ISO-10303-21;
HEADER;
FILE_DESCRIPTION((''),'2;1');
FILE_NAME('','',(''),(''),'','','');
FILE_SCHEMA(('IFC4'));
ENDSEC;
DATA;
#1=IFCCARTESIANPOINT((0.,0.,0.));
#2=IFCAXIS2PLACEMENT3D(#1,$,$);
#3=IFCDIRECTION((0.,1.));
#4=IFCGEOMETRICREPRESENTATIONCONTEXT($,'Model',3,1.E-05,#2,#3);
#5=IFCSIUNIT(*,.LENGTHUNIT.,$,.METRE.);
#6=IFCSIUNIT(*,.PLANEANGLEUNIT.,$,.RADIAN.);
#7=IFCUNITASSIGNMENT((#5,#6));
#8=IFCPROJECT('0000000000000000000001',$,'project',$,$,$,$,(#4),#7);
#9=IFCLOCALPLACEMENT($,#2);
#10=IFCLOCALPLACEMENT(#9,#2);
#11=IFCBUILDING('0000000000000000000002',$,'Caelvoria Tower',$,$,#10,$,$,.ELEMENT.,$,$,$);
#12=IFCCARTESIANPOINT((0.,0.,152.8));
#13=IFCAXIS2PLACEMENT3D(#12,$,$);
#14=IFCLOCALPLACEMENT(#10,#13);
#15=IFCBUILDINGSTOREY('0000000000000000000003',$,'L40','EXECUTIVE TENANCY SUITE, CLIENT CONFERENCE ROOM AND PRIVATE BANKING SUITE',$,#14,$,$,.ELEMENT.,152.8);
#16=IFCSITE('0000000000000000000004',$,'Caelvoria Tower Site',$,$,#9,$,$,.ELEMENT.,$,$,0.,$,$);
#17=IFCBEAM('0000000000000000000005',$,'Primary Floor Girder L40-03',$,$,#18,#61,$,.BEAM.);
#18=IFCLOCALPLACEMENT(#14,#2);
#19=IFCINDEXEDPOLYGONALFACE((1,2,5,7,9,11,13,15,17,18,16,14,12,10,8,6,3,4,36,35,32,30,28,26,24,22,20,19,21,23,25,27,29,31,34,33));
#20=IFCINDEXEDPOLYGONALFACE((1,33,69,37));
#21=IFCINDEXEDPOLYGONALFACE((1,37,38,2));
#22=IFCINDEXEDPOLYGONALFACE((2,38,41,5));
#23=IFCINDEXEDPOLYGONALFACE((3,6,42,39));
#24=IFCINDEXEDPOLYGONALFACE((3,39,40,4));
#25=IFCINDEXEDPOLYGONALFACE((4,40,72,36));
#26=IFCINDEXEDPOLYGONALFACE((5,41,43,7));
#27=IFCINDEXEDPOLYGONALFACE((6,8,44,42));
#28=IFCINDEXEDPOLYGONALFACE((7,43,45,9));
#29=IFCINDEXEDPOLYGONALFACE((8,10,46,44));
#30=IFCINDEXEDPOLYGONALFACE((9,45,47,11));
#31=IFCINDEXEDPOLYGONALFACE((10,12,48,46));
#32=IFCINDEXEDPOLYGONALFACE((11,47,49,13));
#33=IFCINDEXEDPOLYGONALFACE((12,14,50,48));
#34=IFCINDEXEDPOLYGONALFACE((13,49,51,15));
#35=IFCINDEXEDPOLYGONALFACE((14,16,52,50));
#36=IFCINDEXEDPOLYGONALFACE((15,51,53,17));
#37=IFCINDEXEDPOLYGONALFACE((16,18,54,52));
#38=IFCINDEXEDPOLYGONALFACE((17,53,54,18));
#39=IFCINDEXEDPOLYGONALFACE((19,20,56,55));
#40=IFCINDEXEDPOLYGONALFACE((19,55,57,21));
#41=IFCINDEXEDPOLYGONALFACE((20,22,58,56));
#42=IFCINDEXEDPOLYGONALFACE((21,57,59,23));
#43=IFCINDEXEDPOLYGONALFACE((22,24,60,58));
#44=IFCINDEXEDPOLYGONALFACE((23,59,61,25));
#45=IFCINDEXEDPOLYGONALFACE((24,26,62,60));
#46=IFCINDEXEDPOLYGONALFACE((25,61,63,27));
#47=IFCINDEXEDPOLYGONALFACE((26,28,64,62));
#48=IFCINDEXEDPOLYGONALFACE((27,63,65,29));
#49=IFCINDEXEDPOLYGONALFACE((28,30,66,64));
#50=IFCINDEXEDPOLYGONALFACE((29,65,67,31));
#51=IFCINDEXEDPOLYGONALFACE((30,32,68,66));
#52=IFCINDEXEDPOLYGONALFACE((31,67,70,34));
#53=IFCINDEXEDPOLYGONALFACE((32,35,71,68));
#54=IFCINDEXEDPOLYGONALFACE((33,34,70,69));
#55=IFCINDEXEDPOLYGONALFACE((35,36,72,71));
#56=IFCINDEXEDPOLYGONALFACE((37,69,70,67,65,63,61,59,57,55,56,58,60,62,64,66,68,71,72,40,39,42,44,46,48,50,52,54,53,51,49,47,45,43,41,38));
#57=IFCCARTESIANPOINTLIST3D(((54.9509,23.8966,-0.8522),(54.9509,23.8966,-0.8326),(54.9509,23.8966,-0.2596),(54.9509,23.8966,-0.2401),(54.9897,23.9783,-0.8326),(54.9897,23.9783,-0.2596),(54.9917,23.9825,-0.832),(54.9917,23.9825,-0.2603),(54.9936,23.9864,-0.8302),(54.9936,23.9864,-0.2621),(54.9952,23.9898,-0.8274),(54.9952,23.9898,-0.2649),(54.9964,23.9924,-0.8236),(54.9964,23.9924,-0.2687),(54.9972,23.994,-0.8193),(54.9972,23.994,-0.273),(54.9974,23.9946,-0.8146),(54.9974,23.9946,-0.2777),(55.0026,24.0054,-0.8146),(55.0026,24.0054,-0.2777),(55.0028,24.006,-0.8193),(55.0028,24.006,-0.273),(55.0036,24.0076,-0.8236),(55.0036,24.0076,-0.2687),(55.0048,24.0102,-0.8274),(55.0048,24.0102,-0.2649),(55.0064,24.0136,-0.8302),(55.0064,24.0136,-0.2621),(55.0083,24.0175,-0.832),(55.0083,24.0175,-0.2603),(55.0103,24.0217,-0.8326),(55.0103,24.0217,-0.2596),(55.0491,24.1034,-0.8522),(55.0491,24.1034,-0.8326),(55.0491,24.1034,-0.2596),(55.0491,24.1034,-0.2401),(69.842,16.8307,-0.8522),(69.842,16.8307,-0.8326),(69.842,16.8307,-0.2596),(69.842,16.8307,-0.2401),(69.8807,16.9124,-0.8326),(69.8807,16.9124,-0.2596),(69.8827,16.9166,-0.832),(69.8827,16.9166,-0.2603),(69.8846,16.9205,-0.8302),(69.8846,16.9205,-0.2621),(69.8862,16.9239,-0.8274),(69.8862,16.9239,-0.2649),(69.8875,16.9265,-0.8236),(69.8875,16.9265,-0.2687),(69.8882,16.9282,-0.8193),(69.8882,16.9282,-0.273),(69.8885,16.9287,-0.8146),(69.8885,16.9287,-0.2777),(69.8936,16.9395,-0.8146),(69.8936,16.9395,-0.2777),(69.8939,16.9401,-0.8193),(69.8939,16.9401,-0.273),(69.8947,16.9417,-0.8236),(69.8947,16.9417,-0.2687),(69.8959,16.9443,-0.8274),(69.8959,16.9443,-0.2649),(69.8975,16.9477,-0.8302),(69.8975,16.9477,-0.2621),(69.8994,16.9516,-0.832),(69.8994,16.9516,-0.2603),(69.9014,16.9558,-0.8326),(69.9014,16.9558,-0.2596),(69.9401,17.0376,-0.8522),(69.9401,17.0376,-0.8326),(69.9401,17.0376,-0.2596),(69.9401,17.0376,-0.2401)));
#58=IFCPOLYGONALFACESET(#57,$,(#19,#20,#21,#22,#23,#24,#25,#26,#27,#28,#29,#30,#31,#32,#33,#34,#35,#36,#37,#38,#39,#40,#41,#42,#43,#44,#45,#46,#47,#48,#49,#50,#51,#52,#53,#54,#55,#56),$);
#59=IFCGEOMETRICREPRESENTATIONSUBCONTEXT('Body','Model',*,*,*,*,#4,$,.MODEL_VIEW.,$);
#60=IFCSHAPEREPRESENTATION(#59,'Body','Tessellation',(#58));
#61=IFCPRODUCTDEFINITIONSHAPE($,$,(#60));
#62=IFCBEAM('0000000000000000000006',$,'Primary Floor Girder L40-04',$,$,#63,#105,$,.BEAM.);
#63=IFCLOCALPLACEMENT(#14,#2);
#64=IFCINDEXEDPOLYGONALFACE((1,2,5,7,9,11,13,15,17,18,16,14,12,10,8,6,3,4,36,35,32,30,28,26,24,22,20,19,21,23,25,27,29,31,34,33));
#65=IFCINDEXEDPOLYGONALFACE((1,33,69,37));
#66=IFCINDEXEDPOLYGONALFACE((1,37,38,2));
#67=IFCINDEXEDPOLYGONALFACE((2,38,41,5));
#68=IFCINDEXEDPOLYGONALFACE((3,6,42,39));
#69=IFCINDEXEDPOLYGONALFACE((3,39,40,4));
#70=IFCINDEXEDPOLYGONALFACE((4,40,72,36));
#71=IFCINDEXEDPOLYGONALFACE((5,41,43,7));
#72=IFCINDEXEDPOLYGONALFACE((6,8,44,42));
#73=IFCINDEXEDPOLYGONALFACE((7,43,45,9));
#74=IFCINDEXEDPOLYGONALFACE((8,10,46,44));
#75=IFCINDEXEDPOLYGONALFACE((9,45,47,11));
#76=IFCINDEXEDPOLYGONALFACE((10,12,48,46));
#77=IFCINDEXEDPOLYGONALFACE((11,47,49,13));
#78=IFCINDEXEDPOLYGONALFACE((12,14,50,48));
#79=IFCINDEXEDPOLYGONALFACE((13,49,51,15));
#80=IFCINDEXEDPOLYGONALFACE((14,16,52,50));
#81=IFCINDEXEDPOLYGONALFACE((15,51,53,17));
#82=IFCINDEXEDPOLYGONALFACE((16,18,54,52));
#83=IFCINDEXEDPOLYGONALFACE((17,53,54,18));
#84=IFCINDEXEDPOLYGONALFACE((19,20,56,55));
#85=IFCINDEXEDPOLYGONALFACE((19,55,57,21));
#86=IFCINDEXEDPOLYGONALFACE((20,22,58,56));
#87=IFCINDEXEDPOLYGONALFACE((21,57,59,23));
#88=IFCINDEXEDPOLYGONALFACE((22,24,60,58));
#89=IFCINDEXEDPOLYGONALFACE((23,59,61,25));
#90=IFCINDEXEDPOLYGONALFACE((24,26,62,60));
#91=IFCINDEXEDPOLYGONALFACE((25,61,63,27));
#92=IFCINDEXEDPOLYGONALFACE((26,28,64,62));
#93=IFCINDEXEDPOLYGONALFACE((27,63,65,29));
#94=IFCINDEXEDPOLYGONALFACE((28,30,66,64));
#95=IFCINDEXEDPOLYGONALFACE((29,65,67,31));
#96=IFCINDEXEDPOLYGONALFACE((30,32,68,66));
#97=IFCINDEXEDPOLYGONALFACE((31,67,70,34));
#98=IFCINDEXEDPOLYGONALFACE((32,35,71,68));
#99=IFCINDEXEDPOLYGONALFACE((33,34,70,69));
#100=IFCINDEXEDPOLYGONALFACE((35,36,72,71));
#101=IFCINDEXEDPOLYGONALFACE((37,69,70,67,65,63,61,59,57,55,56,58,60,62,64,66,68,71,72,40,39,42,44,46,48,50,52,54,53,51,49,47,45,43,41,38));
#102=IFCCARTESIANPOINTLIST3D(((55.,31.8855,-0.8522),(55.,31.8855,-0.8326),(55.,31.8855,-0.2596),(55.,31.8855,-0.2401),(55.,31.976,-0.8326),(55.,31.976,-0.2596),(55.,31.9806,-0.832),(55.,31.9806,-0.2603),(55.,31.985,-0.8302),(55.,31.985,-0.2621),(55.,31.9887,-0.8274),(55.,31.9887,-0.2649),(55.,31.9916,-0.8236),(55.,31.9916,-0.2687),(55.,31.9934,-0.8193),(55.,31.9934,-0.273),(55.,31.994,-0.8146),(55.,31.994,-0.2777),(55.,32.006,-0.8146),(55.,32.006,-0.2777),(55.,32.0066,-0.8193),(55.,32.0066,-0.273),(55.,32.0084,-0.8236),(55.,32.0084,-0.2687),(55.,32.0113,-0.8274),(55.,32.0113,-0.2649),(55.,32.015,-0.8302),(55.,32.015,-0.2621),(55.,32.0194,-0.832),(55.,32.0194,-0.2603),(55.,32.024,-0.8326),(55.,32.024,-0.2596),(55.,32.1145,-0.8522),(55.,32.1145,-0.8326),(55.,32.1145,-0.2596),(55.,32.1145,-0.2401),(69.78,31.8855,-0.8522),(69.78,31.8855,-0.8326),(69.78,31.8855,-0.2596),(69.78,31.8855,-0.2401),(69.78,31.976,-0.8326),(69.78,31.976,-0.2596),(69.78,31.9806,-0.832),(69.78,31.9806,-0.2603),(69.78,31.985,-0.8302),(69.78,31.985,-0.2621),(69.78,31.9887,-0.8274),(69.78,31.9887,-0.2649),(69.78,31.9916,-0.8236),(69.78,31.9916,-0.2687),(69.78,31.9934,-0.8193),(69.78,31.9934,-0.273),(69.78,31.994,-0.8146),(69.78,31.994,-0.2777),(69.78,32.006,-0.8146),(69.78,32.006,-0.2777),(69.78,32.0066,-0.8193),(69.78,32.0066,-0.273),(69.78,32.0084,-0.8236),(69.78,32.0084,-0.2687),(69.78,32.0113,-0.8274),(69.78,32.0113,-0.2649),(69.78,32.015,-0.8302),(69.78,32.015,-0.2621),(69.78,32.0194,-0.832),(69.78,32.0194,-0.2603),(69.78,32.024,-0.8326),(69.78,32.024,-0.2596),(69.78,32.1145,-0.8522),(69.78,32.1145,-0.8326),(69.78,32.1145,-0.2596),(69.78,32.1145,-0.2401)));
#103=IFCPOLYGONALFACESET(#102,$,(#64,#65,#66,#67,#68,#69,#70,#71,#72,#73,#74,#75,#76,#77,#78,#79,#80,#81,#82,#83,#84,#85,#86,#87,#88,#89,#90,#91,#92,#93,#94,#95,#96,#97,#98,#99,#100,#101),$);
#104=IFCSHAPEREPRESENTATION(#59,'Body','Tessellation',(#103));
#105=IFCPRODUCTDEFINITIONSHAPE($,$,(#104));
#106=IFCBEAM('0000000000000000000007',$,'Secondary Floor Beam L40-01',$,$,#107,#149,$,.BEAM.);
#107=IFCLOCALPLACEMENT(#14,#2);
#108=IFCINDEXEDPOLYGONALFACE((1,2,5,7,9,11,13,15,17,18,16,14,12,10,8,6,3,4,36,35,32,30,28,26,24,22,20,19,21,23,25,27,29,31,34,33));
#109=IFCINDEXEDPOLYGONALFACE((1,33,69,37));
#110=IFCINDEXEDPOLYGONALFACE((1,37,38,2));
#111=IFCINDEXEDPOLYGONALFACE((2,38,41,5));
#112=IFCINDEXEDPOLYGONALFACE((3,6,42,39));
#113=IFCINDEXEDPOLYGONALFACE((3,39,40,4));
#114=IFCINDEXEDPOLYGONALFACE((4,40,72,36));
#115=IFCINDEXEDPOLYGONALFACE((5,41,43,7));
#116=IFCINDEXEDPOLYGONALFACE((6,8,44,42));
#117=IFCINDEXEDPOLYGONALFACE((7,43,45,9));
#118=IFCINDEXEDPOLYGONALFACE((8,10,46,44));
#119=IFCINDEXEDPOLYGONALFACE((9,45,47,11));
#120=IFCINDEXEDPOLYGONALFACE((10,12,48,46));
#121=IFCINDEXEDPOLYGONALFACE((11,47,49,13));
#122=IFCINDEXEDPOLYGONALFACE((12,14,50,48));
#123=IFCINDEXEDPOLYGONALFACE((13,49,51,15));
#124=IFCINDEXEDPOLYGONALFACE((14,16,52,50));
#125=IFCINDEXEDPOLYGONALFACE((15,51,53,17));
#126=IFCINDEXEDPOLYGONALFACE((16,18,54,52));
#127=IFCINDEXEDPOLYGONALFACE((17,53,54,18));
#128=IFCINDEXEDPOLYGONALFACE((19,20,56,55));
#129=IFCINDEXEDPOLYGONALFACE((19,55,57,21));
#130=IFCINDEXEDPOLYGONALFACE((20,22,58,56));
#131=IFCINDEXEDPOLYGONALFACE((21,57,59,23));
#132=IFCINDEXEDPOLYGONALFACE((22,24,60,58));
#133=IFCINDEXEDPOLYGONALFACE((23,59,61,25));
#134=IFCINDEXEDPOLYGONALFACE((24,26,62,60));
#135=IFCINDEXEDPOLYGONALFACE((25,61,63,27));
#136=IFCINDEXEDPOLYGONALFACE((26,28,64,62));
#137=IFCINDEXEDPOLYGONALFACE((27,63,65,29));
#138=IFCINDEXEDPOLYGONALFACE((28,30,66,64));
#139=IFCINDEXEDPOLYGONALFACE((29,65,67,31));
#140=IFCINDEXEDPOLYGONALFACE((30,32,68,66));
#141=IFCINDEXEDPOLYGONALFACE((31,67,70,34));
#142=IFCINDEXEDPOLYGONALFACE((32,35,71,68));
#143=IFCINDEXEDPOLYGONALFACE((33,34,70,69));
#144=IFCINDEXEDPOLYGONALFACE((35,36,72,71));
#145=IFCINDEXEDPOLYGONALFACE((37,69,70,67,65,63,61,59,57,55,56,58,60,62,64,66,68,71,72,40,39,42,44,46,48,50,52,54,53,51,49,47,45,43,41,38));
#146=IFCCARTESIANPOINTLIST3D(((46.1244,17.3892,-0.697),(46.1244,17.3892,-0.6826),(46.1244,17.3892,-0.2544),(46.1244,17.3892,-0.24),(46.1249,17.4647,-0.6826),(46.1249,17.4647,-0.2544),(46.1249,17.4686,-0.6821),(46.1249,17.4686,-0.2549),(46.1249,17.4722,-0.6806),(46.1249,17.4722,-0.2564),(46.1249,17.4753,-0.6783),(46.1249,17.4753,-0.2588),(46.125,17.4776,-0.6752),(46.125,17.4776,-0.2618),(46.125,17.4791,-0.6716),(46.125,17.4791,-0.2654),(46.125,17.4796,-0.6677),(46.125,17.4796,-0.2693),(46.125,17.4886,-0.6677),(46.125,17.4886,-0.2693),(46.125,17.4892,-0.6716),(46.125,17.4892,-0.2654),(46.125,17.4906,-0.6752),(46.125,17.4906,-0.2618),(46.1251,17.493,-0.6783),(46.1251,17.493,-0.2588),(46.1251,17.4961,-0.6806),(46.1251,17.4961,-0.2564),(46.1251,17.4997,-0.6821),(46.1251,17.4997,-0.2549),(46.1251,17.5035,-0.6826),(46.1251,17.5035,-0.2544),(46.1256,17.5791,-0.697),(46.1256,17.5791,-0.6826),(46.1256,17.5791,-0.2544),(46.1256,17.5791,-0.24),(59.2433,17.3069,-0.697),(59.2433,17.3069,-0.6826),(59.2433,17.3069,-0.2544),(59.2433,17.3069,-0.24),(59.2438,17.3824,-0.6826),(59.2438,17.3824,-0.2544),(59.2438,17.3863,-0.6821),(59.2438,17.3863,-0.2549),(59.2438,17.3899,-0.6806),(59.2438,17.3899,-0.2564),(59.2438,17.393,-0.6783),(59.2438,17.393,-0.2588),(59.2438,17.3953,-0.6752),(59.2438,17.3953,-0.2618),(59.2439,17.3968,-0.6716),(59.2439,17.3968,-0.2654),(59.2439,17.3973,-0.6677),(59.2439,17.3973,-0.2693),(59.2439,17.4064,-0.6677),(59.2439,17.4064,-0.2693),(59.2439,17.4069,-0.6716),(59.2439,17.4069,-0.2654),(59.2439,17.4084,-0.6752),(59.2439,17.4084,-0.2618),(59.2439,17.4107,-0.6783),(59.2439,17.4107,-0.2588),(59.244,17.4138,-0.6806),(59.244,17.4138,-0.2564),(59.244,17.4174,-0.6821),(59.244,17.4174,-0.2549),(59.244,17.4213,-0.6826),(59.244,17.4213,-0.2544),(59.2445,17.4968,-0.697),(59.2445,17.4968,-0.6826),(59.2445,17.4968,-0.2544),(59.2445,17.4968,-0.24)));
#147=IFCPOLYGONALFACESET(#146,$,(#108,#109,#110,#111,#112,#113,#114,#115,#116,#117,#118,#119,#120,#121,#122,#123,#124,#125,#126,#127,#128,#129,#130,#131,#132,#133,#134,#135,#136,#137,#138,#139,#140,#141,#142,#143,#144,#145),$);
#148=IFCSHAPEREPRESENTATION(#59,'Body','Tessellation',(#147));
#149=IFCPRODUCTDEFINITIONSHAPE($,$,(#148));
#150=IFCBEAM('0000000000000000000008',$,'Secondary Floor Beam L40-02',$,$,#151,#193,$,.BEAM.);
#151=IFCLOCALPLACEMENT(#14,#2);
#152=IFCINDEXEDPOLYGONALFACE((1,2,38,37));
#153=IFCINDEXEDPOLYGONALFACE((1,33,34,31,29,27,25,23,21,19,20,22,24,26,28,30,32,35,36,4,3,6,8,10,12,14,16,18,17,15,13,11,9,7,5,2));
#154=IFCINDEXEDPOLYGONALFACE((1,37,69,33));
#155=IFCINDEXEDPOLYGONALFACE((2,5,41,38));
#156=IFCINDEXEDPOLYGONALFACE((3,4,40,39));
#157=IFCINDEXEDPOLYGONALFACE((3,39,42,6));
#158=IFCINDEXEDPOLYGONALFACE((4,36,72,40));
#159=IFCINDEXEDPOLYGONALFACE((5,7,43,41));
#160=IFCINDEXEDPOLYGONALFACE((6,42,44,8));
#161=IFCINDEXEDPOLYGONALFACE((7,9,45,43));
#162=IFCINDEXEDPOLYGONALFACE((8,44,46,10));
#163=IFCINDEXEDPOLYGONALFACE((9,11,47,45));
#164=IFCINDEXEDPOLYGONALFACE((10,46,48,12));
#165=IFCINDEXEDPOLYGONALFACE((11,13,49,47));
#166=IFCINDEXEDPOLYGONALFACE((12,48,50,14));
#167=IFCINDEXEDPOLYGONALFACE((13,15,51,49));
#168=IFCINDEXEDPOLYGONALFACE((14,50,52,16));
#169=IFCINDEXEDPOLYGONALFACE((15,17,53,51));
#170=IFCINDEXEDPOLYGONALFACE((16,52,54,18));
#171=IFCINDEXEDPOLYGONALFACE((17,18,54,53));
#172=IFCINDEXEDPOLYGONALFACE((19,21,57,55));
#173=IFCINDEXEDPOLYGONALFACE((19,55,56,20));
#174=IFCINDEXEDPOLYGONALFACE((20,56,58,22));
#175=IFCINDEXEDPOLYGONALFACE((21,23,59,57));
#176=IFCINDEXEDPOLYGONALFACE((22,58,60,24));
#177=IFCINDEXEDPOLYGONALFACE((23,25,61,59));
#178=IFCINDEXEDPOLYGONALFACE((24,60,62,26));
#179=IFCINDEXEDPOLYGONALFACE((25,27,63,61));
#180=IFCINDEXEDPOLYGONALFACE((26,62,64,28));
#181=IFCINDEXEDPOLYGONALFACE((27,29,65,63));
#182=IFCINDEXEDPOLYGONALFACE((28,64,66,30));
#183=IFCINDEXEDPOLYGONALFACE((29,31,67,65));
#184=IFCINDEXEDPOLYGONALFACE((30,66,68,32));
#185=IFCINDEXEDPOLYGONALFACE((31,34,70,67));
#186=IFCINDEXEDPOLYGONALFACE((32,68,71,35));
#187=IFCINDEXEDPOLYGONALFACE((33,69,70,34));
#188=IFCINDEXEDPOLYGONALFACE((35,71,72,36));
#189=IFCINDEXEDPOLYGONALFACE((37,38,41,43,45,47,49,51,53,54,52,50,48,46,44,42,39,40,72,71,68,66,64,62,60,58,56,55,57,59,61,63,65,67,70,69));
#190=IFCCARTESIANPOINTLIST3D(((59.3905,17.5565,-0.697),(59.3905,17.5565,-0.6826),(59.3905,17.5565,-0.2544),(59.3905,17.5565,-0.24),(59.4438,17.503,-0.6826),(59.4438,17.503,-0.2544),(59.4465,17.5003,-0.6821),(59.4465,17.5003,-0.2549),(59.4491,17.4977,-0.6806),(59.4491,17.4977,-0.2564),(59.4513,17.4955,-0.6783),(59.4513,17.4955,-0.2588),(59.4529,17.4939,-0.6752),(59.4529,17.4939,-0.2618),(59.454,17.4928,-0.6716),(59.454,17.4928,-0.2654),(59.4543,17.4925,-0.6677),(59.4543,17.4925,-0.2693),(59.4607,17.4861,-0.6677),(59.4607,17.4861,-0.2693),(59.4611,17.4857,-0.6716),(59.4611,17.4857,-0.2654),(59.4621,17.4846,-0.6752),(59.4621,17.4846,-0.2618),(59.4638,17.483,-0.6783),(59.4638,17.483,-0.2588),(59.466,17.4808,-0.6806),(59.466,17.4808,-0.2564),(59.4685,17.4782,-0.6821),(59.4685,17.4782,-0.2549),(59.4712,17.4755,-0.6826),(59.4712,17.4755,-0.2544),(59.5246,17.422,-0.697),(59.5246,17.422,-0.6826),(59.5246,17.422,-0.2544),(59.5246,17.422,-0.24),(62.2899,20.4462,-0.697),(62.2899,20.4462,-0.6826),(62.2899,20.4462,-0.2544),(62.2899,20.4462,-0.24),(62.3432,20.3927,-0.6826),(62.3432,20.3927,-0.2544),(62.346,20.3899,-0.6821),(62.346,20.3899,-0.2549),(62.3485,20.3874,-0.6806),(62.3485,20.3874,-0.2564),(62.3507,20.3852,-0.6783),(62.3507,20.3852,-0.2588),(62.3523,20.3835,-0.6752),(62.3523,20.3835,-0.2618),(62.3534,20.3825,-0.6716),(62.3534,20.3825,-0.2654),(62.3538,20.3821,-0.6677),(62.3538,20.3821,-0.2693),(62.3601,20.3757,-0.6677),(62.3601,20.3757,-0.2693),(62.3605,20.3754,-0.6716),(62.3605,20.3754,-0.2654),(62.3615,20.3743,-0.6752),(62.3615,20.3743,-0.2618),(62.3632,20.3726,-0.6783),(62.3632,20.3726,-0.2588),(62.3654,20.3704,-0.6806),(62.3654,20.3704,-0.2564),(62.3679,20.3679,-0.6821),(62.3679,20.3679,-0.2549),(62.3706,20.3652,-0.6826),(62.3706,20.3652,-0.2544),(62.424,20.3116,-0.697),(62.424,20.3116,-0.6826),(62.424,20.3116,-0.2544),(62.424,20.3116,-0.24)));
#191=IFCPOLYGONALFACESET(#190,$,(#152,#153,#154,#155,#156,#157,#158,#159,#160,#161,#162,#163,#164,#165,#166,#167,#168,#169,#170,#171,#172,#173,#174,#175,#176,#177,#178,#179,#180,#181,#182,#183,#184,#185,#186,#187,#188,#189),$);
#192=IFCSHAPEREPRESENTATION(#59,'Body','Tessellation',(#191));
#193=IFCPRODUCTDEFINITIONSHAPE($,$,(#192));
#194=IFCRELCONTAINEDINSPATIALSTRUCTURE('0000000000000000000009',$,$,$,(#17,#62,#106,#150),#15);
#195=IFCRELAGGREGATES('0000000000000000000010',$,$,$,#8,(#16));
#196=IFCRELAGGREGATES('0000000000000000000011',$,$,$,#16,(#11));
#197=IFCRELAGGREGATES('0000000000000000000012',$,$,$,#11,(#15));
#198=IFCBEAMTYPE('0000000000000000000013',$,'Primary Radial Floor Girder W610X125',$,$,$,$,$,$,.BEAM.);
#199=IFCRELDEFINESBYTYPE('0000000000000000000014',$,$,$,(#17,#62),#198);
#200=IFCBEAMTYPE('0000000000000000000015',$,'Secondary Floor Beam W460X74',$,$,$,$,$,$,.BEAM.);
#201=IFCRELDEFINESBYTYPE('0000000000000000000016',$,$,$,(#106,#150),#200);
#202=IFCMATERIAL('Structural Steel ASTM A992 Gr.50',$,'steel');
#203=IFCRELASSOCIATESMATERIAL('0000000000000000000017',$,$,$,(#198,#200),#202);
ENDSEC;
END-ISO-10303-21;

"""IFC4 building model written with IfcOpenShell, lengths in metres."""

from ifc_helpers import new_model, si_unit, direction, frame, origin, origin_2d, place, context, subcontext, project, spatial, i_section, extrude, material, material_profile, profile_set, type_object, element, save


model = new_model("IFC4")

# Units and contexts
model_context = context("Model", 3, precision=1e-05, world=origin(), true_north=direction((0.0, 1.0)))
body_context = subcontext(model_context, "Body", "Model", "MODEL_VIEW")
ifc_project = project(units=[si_unit("LENGTHUNIT", "METRE"), si_unit("PLANEANGLEUNIT", "RADIAN")], contexts=[model_context])

# Site, building, storey
site_placement = place(None, origin())
site = spatial("IfcSite", under=ifc_project, at=site_placement, Name="Caelvoria Tower Site", CompositionType="ELEMENT", RefElevation=0.0)
building_placement = place(site_placement, origin())
building = spatial("IfcBuilding", under=site, at=building_placement, Name="Caelvoria Tower", CompositionType="ELEMENT")
storey_placement = place(building_placement, frame((0.0, 0.0, 152.8)))
storey = spatial("IfcBuildingStorey", under=building, at=storey_placement, Name="L40", Description="EXECUTIVE TENANCY SUITE, CLIENT CONFERENCE ROOM AND PRIVATE BANKING SUITE", CompositionType="ELEMENT", Elevation=152.8)

# Shared definitions
ifc_material_1 = material(Name="Structural Steel ASTM A992 Gr.50", Category="steel")

# Beams
ifc_material_profile_1 = material_profile(ifc_material_1, i_section(OverallWidth=0.229, OverallDepth=0.6121, WebThickness=0.012, FlangeThickness=0.0195, FilletRadius=0.0181, at=origin_2d()), Name="Structural Steel ASTM A992 Gr.50")
ifc_profile_set_1 = profile_set([ifc_material_profile_1], Name="W610X125 - Structural Steel ASTM A992 Gr.50")
beam_type_1 = type_object("IfcBeamType", Name="Primary Radial Floor Girder W610X125", PredefinedType="BEAM", material=ifc_profile_set_1)
beam_1_placement = place(storey_placement, frame((55.0, 24.0, -0.5461), z_axis=(0.903451, -0.428692, 0.0), x_axis=(0.428692, 0.903451, 0.0)))
element("IfcBeam", 1, at=beam_1_placement, inside=storey, type_object=beam_type_1, Name="Primary Floor Girder L40-03", PredefinedType="BEAM", context=body_context, shape_type="SweptSolid", body=[
    extrude(i_section(OverallWidth=0.229, OverallDepth=0.6121, WebThickness=0.012, FlangeThickness=0.0195, FilletRadius=0.0181, at=origin_2d()), origin(), (0.0, 0.0, 1.0), 16.4824),
])
beam_2_placement = place(storey_placement, frame((55.0, 32.0, -0.5461), z_axis=(1.0, 0.0, 0.0), x_axis=(0.0, 1.0, 0.0)))
element("IfcBeam", 2, at=beam_2_placement, inside=storey, type_object=beam_type_1, Name="Primary Floor Girder L40-04", PredefinedType="BEAM", context=body_context, shape_type="SweptSolid", body=[
    extrude(i_section(OverallWidth=0.229, OverallDepth=0.6121, WebThickness=0.012, FlangeThickness=0.0195, FilletRadius=0.0181, at=origin_2d()), origin(), (0.0, 0.0, 1.0), 14.78),
])
ifc_material_profile_2 = material_profile(ifc_material_1, i_section(OverallWidth=0.1899, OverallDepth=0.457, WebThickness=0.009, FlangeThickness=0.0144, FilletRadius=0.0149, at=origin_2d()), Name="Structural Steel ASTM A992 Gr.50")
ifc_profile_set_2 = profile_set([ifc_material_profile_2], Name="W460X74 - Structural Steel ASTM A992 Gr.50")
beam_type_2 = type_object("IfcBeamType", Name="Secondary Floor Beam W460X74", PredefinedType="BEAM", material=ifc_profile_set_2)
beam_3_placement = place(storey_placement, frame((46.125, 17.4841, -0.4685), z_axis=(0.99998, -0.006271, 0.0), x_axis=(0.006271, 0.99998, 0.0)))
element("IfcBeam", 3, at=beam_3_placement, inside=storey, type_object=beam_type_2, Name="Secondary Floor Beam L40-01", PredefinedType="BEAM", context=body_context, shape_type="SweptSolid", body=[
    extrude(i_section(OverallWidth=0.1899, OverallDepth=0.457, WebThickness=0.009, FlangeThickness=0.0144, FilletRadius=0.0149, at=origin_2d()), origin(), (0.0, 0.0, 1.0), 13.1191),
])
beam_4_placement = place(storey_placement, frame((59.4575, 17.4893, -0.4685), z_axis=(0.708299, 0.705913, 0.0), x_axis=(-0.705913, 0.708299, 0.0)))
element("IfcBeam", 4, at=beam_4_placement, inside=storey, type_object=beam_type_2, Name="Secondary Floor Beam L40-02", PredefinedType="BEAM", context=body_context, shape_type="SweptSolid", body=[
    extrude(i_section(OverallWidth=0.1899, OverallDepth=0.457, WebThickness=0.009, FlangeThickness=0.0144, FilletRadius=0.0149, at=origin_2d()), origin(), (0.0, 0.0, 1.0), 4.0935),
])

save(model, "model.ifc")
